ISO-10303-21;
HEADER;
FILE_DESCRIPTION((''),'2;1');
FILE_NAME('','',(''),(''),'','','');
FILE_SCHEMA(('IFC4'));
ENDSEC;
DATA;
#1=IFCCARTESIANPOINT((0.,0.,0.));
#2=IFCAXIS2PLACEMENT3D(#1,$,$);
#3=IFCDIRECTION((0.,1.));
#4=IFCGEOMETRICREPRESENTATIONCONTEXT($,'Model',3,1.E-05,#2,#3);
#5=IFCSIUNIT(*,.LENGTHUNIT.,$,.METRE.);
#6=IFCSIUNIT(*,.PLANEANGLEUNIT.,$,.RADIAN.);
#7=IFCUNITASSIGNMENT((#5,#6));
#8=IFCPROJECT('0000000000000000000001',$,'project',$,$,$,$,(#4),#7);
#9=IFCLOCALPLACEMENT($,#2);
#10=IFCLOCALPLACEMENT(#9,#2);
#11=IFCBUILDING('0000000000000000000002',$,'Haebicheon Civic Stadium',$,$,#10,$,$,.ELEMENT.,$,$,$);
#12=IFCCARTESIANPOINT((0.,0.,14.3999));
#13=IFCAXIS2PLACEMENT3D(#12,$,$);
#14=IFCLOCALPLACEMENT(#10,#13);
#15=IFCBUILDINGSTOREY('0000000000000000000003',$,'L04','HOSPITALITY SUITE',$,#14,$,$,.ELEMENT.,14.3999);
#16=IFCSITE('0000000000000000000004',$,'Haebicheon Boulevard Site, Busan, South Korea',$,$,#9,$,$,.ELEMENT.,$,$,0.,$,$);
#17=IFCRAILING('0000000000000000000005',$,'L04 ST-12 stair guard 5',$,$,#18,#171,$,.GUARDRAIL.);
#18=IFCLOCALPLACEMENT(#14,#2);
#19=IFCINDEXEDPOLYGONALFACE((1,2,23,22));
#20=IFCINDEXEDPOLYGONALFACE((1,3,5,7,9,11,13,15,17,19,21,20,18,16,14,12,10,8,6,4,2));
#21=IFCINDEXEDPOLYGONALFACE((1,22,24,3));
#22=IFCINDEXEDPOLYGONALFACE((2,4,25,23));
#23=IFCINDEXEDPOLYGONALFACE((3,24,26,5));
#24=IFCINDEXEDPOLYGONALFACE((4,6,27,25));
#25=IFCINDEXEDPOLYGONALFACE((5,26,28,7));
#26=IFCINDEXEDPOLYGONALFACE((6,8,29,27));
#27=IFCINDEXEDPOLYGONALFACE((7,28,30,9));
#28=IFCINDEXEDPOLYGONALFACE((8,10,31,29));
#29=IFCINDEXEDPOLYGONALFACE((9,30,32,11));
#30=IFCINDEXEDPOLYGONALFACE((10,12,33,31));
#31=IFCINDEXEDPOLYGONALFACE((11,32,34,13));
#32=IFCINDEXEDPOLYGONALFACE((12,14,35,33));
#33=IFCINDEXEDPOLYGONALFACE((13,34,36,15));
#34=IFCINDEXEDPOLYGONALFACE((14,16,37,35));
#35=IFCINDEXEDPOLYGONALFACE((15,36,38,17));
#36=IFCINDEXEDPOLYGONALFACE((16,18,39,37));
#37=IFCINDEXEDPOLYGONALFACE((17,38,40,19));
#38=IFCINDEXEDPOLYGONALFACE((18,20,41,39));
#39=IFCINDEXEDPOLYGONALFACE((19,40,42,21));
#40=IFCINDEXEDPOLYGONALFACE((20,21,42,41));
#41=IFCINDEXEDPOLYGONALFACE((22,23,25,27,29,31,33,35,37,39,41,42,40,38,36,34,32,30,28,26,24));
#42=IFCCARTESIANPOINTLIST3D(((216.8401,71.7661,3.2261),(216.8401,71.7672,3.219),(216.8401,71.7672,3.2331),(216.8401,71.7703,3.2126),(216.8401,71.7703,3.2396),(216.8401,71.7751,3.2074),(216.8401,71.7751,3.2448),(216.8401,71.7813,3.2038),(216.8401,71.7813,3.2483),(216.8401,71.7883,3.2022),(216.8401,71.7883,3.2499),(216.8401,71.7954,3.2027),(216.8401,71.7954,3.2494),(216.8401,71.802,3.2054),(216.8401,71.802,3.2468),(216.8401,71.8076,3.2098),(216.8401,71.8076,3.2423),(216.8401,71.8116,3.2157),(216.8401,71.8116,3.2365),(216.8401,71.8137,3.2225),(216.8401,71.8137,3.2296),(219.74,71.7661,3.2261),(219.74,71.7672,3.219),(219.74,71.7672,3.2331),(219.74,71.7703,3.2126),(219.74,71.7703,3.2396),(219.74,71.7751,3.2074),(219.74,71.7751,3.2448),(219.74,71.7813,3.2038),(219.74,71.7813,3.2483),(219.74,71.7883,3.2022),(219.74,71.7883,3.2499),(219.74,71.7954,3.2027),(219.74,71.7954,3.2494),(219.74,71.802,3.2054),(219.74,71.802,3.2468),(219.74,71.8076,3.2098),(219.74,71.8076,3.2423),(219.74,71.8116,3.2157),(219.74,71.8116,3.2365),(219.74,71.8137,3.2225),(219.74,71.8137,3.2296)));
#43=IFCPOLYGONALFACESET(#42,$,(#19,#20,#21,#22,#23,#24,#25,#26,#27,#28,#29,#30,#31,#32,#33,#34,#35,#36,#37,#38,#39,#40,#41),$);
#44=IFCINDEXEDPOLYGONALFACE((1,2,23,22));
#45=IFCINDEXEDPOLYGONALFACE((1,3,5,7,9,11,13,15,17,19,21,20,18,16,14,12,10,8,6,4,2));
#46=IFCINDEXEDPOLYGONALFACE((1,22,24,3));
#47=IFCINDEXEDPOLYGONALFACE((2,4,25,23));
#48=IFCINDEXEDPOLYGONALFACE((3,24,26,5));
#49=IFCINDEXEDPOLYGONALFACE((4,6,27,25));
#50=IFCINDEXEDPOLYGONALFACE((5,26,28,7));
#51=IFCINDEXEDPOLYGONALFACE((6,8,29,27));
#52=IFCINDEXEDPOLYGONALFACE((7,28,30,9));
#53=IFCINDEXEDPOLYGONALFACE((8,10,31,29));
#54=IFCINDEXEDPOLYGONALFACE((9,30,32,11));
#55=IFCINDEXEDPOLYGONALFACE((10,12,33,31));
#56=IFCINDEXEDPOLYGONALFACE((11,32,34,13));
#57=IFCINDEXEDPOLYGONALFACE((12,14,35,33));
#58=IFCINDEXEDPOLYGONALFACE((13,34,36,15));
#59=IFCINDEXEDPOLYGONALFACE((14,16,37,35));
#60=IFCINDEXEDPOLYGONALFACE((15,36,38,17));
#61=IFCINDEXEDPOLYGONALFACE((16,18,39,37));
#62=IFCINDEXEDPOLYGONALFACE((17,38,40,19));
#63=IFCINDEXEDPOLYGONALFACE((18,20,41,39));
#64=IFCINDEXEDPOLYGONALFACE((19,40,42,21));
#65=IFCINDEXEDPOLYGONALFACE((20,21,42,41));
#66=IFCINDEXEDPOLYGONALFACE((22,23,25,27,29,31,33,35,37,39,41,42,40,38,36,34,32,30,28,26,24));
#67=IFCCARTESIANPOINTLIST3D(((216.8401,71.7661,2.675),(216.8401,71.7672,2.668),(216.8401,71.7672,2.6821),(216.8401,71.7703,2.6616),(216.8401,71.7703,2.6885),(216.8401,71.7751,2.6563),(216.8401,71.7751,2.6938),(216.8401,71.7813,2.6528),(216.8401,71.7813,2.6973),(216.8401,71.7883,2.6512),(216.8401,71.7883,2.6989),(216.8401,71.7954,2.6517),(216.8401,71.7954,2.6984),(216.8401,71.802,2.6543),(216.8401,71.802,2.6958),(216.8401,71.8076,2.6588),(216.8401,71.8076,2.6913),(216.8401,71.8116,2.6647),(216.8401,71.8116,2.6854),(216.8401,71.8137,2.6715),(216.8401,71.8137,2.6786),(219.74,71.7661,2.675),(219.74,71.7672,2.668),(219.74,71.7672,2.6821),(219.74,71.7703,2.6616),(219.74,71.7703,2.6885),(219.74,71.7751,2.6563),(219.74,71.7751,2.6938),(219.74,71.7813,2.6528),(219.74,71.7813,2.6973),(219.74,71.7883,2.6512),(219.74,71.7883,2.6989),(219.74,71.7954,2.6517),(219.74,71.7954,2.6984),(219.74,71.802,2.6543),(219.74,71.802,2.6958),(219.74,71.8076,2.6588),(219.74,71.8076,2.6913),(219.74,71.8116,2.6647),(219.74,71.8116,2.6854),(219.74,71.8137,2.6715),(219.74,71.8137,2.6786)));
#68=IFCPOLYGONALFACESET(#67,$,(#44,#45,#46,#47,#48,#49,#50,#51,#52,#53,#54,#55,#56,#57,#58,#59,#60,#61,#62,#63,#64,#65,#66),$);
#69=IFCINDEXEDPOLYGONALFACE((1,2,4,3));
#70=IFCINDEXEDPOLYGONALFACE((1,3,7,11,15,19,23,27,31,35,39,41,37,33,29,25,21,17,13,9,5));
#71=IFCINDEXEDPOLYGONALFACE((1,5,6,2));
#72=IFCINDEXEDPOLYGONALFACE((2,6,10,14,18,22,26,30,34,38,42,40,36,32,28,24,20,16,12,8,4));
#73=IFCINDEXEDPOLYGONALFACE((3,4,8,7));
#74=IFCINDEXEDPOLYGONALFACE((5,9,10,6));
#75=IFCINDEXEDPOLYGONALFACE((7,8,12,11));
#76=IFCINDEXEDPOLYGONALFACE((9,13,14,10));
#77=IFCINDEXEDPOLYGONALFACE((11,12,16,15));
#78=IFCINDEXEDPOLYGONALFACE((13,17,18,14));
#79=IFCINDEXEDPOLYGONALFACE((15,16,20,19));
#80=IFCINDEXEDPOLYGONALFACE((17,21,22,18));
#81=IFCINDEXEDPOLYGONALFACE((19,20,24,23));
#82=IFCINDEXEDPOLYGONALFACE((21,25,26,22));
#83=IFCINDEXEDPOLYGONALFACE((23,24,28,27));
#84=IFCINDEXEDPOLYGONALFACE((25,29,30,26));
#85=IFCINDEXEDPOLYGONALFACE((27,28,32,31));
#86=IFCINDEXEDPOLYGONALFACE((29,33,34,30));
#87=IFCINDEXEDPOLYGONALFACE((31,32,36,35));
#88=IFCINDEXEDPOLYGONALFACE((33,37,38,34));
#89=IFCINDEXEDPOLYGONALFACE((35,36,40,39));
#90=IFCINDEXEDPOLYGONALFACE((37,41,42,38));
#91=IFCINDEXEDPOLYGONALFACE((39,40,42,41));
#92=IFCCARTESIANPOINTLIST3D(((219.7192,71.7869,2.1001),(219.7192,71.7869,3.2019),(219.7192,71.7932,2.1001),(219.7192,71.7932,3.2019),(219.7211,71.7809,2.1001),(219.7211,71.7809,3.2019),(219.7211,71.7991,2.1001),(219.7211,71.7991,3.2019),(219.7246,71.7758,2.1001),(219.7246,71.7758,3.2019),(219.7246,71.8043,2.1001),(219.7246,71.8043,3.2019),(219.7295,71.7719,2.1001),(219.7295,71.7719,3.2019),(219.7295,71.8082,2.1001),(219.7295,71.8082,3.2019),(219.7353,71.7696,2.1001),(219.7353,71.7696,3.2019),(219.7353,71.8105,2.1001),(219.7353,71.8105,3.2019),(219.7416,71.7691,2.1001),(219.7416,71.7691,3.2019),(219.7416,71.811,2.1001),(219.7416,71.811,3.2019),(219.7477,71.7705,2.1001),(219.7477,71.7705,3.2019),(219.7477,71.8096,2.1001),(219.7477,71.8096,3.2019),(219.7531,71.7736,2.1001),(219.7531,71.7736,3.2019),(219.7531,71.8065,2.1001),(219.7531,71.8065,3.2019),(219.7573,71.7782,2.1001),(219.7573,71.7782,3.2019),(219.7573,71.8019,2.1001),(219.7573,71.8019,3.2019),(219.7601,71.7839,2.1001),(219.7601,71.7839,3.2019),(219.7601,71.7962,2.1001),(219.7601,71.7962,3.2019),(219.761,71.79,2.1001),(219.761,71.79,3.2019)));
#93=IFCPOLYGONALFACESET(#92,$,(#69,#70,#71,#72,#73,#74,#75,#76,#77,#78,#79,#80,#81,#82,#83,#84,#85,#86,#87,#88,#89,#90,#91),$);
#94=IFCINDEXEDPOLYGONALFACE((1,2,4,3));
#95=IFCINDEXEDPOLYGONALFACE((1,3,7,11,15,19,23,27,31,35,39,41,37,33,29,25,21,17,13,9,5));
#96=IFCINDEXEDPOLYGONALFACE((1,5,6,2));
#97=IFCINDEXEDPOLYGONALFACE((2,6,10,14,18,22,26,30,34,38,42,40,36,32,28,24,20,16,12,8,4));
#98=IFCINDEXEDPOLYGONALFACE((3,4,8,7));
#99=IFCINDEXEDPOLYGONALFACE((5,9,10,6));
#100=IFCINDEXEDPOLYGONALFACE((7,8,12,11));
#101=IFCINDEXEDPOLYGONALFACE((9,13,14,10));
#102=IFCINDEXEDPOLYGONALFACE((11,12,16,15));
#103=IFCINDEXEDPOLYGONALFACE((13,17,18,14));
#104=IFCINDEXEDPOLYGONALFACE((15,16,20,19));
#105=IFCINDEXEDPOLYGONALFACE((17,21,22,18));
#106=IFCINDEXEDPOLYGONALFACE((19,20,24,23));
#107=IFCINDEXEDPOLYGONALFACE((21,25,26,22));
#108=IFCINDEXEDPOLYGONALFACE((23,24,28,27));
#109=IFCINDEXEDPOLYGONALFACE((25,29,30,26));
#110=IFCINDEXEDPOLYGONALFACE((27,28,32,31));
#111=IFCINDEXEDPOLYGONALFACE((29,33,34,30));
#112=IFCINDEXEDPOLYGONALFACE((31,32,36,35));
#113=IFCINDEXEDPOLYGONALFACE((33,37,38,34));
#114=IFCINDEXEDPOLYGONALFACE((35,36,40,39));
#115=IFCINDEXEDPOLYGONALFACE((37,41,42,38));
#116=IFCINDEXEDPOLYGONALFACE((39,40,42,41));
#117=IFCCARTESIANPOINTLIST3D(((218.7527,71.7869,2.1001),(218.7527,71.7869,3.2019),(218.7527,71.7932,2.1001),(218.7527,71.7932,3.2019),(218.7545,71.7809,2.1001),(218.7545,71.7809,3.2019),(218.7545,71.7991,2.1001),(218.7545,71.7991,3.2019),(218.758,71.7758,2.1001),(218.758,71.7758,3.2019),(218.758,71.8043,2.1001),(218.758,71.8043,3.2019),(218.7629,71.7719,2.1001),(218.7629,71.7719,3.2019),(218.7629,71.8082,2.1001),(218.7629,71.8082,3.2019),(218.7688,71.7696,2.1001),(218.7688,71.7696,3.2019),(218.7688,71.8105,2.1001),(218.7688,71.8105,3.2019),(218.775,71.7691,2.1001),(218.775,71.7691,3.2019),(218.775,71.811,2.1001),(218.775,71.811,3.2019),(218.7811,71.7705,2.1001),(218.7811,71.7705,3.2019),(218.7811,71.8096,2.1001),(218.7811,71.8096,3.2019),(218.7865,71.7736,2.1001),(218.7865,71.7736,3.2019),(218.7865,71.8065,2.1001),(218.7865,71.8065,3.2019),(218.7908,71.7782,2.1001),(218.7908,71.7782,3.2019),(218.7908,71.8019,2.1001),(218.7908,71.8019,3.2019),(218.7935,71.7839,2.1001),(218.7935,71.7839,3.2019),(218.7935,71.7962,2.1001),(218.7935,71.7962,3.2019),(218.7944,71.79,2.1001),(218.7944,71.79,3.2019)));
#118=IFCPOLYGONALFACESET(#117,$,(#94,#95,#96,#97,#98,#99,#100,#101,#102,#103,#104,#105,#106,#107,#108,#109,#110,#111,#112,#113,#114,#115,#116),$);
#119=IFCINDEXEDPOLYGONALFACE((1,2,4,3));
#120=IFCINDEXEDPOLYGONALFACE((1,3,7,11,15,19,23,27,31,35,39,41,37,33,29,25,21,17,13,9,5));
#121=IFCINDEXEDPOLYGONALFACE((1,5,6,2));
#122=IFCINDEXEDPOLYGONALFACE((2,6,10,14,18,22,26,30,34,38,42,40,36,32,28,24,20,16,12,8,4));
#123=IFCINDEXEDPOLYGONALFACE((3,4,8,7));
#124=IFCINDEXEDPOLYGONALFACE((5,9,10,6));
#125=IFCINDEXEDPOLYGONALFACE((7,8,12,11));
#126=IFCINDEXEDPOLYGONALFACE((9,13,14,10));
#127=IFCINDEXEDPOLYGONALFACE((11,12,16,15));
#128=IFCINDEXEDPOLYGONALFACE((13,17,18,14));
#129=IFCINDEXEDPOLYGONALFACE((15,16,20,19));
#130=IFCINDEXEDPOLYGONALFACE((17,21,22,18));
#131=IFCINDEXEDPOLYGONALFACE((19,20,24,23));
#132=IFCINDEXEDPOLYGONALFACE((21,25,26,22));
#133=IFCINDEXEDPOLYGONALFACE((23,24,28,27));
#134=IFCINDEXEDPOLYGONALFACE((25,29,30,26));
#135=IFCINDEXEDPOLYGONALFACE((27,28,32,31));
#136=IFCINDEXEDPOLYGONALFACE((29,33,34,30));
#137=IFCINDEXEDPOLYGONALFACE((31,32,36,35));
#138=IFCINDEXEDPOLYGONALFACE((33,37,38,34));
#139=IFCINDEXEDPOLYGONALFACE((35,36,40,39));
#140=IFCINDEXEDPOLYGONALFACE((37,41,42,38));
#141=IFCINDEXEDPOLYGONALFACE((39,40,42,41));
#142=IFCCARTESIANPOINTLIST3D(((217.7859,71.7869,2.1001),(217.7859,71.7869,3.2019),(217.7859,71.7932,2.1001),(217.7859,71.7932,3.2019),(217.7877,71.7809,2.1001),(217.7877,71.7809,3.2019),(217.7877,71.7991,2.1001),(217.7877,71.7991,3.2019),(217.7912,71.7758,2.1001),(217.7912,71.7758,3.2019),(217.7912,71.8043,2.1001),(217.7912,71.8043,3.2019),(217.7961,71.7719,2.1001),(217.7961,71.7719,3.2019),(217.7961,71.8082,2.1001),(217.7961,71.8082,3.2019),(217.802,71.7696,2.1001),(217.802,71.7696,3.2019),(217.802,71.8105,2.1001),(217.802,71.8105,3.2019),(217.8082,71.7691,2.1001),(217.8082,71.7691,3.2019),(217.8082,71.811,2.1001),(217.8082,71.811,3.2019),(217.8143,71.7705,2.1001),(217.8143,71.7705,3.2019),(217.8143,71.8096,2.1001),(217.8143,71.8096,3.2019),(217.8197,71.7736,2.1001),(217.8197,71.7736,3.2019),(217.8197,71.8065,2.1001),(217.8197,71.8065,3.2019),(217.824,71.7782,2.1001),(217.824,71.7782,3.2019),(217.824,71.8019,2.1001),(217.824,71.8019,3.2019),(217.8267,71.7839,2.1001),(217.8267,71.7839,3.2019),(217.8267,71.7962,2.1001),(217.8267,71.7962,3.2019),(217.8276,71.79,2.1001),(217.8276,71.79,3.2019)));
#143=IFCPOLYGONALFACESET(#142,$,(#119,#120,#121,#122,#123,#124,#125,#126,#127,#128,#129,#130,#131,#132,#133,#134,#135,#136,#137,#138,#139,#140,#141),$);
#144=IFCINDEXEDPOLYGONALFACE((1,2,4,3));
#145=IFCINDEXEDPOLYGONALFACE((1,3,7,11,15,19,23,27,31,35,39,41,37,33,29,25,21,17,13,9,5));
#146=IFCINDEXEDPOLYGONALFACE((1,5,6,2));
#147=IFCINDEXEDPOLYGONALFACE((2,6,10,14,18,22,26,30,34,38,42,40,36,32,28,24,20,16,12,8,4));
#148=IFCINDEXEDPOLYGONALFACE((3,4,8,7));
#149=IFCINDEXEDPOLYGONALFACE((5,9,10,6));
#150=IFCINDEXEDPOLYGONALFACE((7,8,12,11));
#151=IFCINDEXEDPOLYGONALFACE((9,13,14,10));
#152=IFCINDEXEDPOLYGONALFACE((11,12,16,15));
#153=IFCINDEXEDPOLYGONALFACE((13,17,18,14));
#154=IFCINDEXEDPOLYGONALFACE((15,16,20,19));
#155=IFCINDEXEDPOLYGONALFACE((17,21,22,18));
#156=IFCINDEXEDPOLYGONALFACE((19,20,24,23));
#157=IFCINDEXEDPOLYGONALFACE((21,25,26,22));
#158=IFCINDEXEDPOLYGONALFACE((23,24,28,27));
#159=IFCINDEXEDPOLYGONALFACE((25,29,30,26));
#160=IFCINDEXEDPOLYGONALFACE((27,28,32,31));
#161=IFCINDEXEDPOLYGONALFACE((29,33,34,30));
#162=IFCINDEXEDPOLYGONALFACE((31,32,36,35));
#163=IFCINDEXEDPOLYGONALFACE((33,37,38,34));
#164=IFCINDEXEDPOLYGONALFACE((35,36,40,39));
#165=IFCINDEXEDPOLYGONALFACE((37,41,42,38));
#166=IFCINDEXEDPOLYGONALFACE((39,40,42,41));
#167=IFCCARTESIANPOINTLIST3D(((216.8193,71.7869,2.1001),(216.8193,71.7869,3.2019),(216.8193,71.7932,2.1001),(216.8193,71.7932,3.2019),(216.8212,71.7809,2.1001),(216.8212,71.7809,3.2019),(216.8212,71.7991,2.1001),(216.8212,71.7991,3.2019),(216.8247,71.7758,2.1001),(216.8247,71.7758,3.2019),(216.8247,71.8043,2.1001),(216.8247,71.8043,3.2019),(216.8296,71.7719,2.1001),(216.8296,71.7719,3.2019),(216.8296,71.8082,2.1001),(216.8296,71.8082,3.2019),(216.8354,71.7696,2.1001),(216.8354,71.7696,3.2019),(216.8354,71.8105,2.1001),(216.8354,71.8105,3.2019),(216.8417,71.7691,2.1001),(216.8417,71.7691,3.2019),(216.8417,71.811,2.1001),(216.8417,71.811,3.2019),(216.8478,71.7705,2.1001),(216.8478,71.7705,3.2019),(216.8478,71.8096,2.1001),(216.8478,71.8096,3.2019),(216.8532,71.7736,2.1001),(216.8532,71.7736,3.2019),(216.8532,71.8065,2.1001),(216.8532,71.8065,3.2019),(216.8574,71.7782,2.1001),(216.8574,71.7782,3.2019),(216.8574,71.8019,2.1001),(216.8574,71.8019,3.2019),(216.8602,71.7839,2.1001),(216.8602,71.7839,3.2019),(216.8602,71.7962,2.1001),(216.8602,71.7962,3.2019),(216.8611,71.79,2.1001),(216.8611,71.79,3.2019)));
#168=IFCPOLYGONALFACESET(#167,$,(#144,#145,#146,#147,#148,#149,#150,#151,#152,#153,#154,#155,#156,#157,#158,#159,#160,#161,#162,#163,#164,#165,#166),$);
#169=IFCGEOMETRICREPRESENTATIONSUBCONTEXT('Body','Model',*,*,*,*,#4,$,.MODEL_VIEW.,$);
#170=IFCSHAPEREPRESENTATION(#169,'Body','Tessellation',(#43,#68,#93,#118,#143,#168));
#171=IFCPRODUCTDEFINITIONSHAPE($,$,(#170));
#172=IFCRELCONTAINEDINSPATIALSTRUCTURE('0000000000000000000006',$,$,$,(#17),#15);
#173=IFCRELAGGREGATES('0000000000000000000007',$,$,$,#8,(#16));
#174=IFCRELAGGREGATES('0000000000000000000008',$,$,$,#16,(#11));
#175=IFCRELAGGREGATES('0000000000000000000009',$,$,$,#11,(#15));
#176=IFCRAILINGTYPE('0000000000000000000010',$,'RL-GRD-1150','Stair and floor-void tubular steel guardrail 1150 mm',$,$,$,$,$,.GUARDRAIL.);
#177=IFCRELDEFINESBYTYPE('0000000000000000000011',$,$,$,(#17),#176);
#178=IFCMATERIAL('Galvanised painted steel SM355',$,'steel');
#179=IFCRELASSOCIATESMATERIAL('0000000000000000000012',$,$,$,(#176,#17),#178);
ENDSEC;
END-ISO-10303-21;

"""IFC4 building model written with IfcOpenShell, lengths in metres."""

from ifc_helpers import new_model, si_unit, direction, frame, origin, origin_2d, place, context, subcontext, project, spatial, circle, extrude, material, type_object, element, save


model = new_model("IFC4")

# Units and contexts
model_context = context("Model", 3, precision=1e-05, world=origin(), true_north=direction((0.0, 1.0)))
body_context = subcontext(model_context, "Body", "Model", "MODEL_VIEW")
ifc_project = project(units=[si_unit("LENGTHUNIT", "METRE"), si_unit("PLANEANGLEUNIT", "RADIAN")], contexts=[model_context])

# Site, building, storey
site_placement = place(None, origin())
site = spatial("IfcSite", under=ifc_project, at=site_placement, Name="Haebicheon Boulevard Site, Busan, South Korea", CompositionType="ELEMENT", RefElevation=0.0)
building_placement = place(site_placement, origin())
building = spatial("IfcBuilding", under=site, at=building_placement, Name="Haebicheon Civic Stadium", CompositionType="ELEMENT")
storey_placement = place(building_placement, frame((0.0, 0.0, 14.3999)))
storey = spatial("IfcBuildingStorey", under=building, at=storey_placement, Name="L04", Description="HOSPITALITY SUITE", CompositionType="ELEMENT", Elevation=14.3999)

# Railing
ifc_material_1 = material(Name="Galvanised painted steel SM355", Category="steel")
railing_type_1 = type_object("IfcRailingType", Name="RL-GRD-1150", Description="Stair and floor-void tubular steel guardrail 1150 mm", PredefinedType="GUARDRAIL", material=ifc_material_1)
railing_1_placement = place(storey_placement, frame((219.74, 71.79, 2.1001)))
element("IfcRailing", 1, at=railing_1_placement, inside=storey, type_object=railing_type_1, material=ifc_material_1, Name="L04 ST-12 stair guard 5", PredefinedType="GUARDRAIL", context=body_context, shape_type="SweptSolid", body=[
    extrude(circle(Radius=0.0239, at=origin_2d()), frame((0.0, 0.0, 1.126), z_axis=(-1.0, 0.0, 0.0), x_axis=(0.0, -1.0, 0.0)), (0.0, 0.0, 1.0), 2.8999),
    extrude(circle(Radius=0.0239, at=origin_2d()), frame((0.0, 0.0, 0.575), z_axis=(-1.0, 0.0, 0.0), x_axis=(0.0, -1.0, 0.0)), (0.0, 0.0, 1.0), 2.8999),
    extrude(circle(Radius=0.021, at=origin_2d()), origin(), (0.0, 0.0, 1.0), 1.1018),
    extrude(circle(Radius=0.021, at=origin_2d()), frame((-0.9666, 0.0, 0.0)), (0.0, 0.0, 1.0), 1.1018),
    extrude(circle(Radius=0.021, at=origin_2d()), frame((-1.9333, 0.0, 0.0)), (0.0, 0.0, 1.0), 1.1018),
    extrude(circle(Radius=0.021, at=origin_2d()), frame((-2.8999, 0.0, 0.0)), (0.0, 0.0, 1.0), 1.1018),
])

save(model, "model.ifc")
